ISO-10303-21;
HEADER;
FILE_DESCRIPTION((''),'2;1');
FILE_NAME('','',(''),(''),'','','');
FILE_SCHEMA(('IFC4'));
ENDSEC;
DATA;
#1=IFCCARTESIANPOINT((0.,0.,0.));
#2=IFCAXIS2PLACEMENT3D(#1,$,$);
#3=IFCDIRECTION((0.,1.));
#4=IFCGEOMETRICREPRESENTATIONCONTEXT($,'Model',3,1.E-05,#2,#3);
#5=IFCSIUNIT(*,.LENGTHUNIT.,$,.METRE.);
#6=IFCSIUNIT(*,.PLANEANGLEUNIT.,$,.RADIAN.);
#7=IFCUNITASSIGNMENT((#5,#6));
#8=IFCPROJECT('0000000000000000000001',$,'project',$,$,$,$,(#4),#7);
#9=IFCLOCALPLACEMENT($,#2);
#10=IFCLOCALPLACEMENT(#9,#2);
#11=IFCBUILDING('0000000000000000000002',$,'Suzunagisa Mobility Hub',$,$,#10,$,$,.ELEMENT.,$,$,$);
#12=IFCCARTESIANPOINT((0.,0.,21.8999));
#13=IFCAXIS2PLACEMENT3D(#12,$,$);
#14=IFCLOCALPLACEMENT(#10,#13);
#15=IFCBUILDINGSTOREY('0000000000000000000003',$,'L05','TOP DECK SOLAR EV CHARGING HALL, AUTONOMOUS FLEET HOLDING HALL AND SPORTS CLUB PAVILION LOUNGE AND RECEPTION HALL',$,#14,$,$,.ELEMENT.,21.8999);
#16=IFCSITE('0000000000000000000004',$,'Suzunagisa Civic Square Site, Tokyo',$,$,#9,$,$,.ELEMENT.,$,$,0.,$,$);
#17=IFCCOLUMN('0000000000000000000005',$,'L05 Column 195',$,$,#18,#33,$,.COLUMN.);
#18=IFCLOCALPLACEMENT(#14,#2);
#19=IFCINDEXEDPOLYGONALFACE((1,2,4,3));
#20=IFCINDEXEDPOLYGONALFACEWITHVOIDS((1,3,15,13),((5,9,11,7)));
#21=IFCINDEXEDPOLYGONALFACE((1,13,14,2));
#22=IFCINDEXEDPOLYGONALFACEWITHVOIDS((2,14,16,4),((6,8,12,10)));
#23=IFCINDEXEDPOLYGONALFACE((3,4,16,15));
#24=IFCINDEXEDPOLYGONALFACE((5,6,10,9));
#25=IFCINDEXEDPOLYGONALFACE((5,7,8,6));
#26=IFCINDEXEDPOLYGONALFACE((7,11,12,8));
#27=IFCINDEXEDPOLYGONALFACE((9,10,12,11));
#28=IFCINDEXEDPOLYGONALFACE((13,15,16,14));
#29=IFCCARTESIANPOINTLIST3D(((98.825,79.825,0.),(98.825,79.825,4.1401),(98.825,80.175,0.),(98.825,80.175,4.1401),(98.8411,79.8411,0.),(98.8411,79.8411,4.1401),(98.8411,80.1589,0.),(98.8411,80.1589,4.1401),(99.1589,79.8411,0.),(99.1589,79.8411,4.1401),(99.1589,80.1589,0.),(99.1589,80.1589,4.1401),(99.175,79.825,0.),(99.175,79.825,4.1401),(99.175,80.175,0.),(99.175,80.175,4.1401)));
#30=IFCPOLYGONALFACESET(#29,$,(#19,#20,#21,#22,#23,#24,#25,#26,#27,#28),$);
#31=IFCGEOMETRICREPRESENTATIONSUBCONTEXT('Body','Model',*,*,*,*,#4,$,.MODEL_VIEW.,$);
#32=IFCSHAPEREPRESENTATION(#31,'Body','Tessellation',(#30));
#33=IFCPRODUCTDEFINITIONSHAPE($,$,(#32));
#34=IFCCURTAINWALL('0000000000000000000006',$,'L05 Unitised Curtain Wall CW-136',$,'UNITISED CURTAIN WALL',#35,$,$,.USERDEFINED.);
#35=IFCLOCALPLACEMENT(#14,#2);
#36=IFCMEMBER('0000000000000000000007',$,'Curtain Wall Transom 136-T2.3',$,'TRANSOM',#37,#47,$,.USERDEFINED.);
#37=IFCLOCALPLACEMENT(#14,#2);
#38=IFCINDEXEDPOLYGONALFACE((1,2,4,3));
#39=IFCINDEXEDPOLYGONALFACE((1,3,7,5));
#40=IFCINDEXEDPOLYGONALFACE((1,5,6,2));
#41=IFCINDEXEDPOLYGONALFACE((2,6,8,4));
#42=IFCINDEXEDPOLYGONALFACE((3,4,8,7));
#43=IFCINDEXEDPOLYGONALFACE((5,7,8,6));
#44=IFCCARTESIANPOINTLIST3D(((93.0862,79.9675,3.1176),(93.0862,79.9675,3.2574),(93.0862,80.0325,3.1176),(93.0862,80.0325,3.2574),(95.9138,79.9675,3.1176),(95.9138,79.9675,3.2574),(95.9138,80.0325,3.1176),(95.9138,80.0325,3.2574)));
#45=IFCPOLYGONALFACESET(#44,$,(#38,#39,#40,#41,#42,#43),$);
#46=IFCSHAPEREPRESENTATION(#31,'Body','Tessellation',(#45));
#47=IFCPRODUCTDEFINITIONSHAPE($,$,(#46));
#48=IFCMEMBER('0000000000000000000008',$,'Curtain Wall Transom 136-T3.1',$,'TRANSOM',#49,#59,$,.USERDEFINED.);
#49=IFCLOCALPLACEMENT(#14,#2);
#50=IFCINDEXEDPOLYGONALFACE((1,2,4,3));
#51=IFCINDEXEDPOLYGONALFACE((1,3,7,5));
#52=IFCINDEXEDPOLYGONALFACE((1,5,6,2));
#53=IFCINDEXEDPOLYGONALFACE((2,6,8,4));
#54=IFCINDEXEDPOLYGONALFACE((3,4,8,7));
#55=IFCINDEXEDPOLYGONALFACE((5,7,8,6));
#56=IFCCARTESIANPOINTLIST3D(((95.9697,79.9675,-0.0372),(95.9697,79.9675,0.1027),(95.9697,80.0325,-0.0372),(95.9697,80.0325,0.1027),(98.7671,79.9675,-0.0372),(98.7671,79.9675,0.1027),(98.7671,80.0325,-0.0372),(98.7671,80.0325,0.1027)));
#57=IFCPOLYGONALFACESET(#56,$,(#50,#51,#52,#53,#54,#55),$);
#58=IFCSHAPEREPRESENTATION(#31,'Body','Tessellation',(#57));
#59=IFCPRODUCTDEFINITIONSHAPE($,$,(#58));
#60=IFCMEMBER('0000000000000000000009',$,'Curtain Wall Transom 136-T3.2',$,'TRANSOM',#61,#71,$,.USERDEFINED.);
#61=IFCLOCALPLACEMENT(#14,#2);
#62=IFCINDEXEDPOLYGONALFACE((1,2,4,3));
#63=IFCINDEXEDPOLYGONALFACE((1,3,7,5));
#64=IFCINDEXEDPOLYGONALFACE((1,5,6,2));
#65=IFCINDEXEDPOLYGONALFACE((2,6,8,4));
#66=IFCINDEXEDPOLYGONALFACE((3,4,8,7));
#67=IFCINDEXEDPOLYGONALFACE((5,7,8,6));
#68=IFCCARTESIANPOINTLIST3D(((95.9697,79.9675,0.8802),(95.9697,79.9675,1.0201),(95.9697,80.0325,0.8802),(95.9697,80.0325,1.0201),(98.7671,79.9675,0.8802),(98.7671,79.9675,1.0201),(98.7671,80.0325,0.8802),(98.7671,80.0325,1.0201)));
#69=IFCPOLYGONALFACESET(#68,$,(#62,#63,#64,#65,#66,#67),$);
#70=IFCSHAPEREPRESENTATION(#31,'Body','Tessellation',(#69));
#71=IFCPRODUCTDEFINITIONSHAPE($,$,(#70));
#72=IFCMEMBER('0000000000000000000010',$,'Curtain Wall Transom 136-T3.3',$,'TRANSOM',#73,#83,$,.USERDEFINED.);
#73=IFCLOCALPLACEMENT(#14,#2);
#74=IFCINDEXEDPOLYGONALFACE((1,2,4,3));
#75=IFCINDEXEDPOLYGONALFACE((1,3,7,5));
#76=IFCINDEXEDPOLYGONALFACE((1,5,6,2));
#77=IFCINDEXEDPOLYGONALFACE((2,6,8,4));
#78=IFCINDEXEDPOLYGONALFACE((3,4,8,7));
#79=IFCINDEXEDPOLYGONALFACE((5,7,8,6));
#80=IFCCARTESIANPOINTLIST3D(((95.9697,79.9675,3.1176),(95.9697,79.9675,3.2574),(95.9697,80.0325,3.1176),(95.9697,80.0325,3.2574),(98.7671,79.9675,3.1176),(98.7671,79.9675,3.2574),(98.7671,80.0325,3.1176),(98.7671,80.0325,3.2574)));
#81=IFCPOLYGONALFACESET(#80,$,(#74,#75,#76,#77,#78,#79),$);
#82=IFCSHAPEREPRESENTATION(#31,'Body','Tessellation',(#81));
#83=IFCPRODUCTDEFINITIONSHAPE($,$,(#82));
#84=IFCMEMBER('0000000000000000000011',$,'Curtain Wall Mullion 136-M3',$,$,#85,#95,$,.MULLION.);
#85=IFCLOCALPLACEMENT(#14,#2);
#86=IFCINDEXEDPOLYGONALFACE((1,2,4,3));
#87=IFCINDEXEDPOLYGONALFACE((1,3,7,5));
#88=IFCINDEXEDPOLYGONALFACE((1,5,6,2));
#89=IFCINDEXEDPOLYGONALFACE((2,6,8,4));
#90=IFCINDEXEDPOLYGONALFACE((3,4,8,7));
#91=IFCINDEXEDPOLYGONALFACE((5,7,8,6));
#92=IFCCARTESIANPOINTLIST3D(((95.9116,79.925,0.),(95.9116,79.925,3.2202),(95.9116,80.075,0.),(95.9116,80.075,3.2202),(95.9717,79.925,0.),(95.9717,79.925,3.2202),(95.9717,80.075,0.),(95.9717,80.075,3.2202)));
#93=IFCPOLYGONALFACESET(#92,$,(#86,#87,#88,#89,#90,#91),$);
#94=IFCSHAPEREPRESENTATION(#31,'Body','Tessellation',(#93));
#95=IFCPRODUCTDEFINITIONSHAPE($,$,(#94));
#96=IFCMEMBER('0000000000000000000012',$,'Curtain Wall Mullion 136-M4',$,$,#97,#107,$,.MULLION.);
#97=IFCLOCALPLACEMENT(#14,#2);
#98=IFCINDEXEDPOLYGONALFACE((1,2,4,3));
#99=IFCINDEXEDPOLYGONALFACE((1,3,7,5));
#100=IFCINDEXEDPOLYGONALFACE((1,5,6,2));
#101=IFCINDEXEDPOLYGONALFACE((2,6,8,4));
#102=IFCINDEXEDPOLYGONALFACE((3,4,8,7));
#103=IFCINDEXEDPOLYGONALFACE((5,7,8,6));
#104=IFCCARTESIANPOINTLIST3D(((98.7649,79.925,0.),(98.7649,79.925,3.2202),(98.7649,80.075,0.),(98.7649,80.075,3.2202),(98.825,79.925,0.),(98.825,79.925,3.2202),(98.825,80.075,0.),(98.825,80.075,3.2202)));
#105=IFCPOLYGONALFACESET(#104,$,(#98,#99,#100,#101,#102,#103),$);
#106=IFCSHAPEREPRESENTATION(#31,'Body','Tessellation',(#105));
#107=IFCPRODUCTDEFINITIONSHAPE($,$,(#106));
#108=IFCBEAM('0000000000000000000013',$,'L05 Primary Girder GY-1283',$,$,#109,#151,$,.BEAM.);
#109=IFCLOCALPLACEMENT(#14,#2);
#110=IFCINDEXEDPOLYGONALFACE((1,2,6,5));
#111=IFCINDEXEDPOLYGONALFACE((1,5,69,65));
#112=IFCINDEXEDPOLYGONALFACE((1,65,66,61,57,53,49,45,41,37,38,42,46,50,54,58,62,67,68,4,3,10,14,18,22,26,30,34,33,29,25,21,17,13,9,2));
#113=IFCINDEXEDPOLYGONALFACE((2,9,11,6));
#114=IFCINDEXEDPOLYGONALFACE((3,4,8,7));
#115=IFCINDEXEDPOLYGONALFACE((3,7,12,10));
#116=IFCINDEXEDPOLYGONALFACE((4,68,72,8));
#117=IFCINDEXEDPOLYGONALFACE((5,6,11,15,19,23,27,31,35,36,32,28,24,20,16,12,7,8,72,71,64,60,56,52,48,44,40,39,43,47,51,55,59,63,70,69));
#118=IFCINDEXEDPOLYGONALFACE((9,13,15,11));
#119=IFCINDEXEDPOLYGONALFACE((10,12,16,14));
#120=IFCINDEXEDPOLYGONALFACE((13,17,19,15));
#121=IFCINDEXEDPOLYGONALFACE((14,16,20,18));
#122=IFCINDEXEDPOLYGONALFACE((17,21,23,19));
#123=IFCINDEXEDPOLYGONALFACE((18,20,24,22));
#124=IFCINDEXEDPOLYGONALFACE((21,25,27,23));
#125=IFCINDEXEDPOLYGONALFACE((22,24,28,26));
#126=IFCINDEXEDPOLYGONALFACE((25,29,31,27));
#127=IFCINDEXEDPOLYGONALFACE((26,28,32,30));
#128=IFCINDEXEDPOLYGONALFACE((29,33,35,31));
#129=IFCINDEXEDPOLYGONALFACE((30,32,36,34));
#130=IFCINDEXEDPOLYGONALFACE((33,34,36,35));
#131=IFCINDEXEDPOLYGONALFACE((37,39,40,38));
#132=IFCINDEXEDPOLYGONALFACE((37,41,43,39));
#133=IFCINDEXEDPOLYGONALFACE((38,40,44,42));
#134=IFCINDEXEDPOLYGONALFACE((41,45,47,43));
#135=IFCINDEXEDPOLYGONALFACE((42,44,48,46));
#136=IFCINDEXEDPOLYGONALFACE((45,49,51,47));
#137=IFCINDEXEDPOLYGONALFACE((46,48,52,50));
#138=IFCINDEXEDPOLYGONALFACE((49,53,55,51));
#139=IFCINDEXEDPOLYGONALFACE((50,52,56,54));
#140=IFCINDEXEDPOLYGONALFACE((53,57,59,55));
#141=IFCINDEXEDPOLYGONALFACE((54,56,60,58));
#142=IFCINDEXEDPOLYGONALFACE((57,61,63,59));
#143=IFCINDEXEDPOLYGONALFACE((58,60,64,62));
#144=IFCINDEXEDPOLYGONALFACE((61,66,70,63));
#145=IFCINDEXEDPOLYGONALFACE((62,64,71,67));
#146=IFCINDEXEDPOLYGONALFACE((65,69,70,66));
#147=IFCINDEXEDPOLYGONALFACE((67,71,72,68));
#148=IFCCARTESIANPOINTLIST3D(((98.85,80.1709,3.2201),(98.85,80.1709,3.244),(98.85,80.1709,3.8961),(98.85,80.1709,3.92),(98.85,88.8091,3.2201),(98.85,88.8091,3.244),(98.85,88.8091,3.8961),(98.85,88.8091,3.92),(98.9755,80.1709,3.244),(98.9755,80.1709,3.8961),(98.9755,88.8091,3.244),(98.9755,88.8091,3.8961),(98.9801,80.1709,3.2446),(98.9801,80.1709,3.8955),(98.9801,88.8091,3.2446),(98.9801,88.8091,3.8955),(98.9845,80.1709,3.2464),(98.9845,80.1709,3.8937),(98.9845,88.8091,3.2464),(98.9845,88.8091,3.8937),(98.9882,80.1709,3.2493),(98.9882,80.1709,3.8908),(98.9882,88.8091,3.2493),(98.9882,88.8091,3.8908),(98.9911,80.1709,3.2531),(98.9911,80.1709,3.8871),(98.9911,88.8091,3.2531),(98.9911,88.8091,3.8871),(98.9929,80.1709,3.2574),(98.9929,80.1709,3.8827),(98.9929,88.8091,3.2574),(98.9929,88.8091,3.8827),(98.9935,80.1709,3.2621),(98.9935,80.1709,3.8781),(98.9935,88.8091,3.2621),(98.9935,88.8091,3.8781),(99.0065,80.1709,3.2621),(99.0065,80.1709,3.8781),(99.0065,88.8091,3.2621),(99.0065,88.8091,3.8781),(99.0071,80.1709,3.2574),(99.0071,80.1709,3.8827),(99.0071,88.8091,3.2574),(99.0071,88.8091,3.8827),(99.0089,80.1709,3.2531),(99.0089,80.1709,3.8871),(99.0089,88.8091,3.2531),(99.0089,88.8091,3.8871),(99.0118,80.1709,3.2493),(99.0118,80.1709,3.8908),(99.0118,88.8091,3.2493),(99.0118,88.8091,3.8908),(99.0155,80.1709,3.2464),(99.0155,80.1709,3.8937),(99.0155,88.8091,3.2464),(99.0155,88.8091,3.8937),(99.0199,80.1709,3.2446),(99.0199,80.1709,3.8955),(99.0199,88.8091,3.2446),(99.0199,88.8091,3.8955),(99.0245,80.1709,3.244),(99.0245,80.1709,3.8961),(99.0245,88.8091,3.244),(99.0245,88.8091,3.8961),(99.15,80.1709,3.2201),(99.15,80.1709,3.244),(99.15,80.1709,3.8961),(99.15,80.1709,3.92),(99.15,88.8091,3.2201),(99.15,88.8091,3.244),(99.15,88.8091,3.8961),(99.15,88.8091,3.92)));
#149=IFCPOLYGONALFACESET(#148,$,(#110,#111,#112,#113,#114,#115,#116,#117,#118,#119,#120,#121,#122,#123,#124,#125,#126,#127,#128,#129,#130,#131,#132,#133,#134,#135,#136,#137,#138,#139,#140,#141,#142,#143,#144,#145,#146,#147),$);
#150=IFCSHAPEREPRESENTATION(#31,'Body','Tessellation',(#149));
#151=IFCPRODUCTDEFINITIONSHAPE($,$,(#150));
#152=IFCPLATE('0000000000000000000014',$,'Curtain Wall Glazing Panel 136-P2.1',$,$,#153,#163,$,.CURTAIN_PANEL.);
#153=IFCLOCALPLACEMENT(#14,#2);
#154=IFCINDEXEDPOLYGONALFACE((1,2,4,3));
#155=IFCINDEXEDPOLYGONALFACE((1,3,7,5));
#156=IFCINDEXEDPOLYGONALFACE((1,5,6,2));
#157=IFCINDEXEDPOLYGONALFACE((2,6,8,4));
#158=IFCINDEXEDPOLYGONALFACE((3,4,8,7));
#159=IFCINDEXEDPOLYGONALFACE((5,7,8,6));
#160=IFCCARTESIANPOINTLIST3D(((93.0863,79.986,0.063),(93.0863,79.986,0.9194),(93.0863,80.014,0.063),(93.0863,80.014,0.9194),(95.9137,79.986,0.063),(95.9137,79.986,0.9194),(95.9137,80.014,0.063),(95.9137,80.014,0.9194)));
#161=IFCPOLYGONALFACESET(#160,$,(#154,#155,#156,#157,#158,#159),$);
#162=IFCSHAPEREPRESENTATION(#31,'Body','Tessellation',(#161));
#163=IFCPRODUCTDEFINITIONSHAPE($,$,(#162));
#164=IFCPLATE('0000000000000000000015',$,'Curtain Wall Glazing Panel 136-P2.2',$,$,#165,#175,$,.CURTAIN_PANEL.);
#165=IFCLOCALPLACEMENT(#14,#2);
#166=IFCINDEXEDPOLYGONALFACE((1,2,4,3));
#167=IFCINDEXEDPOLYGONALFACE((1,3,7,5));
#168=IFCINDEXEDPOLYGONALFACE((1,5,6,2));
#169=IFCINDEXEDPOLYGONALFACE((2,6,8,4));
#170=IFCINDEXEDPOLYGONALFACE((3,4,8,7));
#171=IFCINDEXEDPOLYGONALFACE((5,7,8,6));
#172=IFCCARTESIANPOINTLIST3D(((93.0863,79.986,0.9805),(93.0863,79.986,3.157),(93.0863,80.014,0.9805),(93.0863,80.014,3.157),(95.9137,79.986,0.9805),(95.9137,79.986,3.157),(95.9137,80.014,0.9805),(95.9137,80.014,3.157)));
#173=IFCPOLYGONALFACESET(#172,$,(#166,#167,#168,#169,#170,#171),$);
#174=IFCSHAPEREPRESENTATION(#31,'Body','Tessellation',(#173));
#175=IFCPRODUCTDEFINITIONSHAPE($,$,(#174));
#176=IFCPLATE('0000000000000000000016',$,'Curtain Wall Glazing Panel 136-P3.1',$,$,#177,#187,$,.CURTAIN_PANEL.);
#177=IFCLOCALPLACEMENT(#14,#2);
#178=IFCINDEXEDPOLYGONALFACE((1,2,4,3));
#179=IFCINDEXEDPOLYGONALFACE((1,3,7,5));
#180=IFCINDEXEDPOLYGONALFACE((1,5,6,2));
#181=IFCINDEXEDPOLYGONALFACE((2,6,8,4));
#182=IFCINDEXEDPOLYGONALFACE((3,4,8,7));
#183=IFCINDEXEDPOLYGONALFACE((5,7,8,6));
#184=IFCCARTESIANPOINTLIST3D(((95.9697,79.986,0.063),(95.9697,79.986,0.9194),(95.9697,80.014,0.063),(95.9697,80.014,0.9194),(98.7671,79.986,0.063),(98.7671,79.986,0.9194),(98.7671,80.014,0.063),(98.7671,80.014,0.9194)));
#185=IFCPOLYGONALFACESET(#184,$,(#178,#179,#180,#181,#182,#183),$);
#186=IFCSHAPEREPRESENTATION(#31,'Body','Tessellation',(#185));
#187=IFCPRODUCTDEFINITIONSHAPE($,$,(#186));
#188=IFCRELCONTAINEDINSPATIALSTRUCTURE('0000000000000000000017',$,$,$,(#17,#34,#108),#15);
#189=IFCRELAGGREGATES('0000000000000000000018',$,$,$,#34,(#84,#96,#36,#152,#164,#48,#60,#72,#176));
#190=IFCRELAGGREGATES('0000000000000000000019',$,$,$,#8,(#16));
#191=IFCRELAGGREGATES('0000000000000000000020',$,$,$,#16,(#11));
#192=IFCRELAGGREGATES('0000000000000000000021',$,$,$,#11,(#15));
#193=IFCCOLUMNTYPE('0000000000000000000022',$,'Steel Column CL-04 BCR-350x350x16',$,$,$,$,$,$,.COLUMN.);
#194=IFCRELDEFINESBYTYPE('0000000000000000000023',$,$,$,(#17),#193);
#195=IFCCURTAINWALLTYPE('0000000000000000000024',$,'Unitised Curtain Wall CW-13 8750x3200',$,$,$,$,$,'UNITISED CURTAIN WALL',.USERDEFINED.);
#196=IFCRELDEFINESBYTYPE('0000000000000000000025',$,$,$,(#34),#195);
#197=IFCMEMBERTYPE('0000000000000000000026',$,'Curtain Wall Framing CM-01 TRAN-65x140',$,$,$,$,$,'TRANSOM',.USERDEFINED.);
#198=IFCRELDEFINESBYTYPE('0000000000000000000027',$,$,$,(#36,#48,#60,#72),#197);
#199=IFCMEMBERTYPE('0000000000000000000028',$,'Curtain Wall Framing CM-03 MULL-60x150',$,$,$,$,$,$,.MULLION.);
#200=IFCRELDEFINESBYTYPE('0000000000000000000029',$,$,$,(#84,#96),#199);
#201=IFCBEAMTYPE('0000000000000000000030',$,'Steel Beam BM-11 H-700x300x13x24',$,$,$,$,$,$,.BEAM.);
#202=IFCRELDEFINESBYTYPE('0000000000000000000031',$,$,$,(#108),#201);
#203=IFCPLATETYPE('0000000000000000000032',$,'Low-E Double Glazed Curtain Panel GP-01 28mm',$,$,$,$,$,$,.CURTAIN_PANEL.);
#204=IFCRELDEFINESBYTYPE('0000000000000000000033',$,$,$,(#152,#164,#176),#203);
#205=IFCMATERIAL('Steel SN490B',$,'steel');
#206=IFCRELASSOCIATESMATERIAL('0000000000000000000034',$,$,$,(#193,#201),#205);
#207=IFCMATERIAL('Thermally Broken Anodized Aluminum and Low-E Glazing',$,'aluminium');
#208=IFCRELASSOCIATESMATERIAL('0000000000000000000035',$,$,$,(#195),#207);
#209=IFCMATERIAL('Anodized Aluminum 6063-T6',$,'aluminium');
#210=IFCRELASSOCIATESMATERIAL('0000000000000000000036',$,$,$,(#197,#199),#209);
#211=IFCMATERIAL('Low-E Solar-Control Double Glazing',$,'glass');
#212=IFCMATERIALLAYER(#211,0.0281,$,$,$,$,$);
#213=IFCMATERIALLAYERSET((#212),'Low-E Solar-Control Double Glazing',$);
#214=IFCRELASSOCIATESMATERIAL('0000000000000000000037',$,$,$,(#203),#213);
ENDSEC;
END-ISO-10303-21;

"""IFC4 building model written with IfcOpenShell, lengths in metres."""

from ifc_helpers import new_model, si_unit, direction, frame, origin, origin_2d, place, context, subcontext, project, spatial, rectangle, hollow_rectangle, i_section, extrude, material, layer, layer_set, material_profile, profile_set, type_object, element, aggregate, save


model = new_model("IFC4")

# Units and contexts
model_context = context("Model", 3, precision=1e-05, world=origin(), true_north=direction((0.0, 1.0)))
body_context = subcontext(model_context, "Body", "Model", "MODEL_VIEW")
ifc_project = project(units=[si_unit("LENGTHUNIT", "METRE"), si_unit("PLANEANGLEUNIT", "RADIAN")], contexts=[model_context])

# Site, building, storey
site_placement = place(None, origin())
site = spatial("IfcSite", under=ifc_project, at=site_placement, Name="Suzunagisa Civic Square Site, Tokyo", CompositionType="ELEMENT", RefElevation=0.0)
building_placement = place(site_placement, origin())
building = spatial("IfcBuilding", under=site, at=building_placement, Name="Suzunagisa Mobility Hub", CompositionType="ELEMENT")
storey_placement = place(building_placement, frame((0.0, 0.0, 21.8999)))
storey = spatial("IfcBuildingStorey", under=building, at=storey_placement, Name="L05", Description="TOP DECK SOLAR EV CHARGING HALL, AUTONOMOUS FLEET HOLDING HALL AND SPORTS CLUB PAVILION LOUNGE AND RECEPTION HALL", CompositionType="ELEMENT", Elevation=21.8999)

# Column
ifc_material_1 = material(Name="Steel SN490B", Category="steel")
ifc_material_profile_1 = material_profile(ifc_material_1, hollow_rectangle(XDim=0.3501, YDim=0.3501, WallThickness=0.0161, at=origin_2d()), Name="BCR-350x350x16")
ifc_profile_set_1 = profile_set([ifc_material_profile_1], Name="Steel SN490B")
column_type = type_object("IfcColumnType", Name="Steel Column CL-04 BCR-350x350x16", PredefinedType="COLUMN", material=ifc_profile_set_1)
column_placement = place(storey_placement, frame((99.0, 80.0, 0.0), z_axis=(0.0, 0.0, 1.0), x_axis=(1.0, 0.0, 0.0)))
element("IfcColumn", 1, at=column_placement, inside=storey, type_object=column_type, Name="L05 Column 195", PredefinedType="COLUMN", context=body_context, shape_type="SweptSolid", body=[
    extrude(hollow_rectangle(XDim=0.3501, YDim=0.3501, WallThickness=0.0161, at=origin_2d()), origin(), (0.0, 0.0, 1.0), 4.1401),
])

# Curtain wall, members
ifc_material_2 = material(Name="Thermally Broken Anodized Aluminum and Low-E Glazing", Category="aluminium")
curtain_wall_type = type_object("IfcCurtainWallType", Name="Unitised Curtain Wall CW-13 8750x3200", ElementType="UNITISED CURTAIN WALL", PredefinedType="USERDEFINED", material=ifc_material_2)
curtain_wall_placement = place(storey_placement, origin())
curtain_wall = element("IfcCurtainWall", 2, at=curtain_wall_placement, inside=storey, type_object=curtain_wall_type, Name="L05 Unitised Curtain Wall CW-136", ObjectType="UNITISED CURTAIN WALL", PredefinedType="USERDEFINED")
ifc_material_3 = material(Name="Anodized Aluminum 6063-T6", Category="aluminium")
ifc_material_profile_2 = material_profile(ifc_material_3, rectangle(XDim=0.0649, YDim=0.1399, at=origin_2d()), Name="TRAN-65x140")
ifc_profile_set_2 = profile_set([ifc_material_profile_2], Name="Anodized Aluminum 6063-T6")
member_type_1 = type_object("IfcMemberType", Name="Curtain Wall Framing CM-01 TRAN-65x140", ElementType="TRANSOM", PredefinedType="USERDEFINED", material=ifc_profile_set_2)
member_1_placement = place(storey_placement, frame((93.0862, 80.0, 3.1875), z_axis=(1.0, 0.0, 0.0), x_axis=(0.0, 1.0, 0.0)))
member_1 = element("IfcMember", 3, at=member_1_placement, type_object=member_type_1, Name="Curtain Wall Transom 136-T2.3", ObjectType="TRANSOM", PredefinedType="USERDEFINED", context=body_context, shape_type="SweptSolid", body=[
    extrude(rectangle(XDim=0.0649, YDim=0.1399, at=origin_2d()), origin(), (0.0, 0.0, 1.0), 2.8276),
])
member_2_placement = place(storey_placement, frame((95.9697, 80.0, 0.0327), z_axis=(1.0, 0.0, 0.0), x_axis=(0.0, 1.0, 0.0)))
member_2 = element("IfcMember", 4, at=member_2_placement, type_object=member_type_1, Name="Curtain Wall Transom 136-T3.1", ObjectType="TRANSOM", PredefinedType="USERDEFINED", context=body_context, shape_type="SweptSolid", body=[
    extrude(rectangle(XDim=0.0649, YDim=0.1399, at=origin_2d()), origin(), (0.0, 0.0, 1.0), 2.7974),
])
member_3_placement = place(storey_placement, frame((95.9697, 80.0, 0.9502), z_axis=(1.0, 0.0, 0.0), x_axis=(0.0, 1.0, 0.0)))
member_3 = element("IfcMember", 5, at=member_3_placement, type_object=member_type_1, Name="Curtain Wall Transom 136-T3.2", ObjectType="TRANSOM", PredefinedType="USERDEFINED", context=body_context, shape_type="SweptSolid", body=[
    extrude(rectangle(XDim=0.0649, YDim=0.1399, at=origin_2d()), origin(), (0.0, 0.0, 1.0), 2.7974),
])
member_4_placement = place(storey_placement, frame((95.9697, 80.0, 3.1875), z_axis=(1.0, 0.0, 0.0), x_axis=(0.0, 1.0, 0.0)))
member_4 = element("IfcMember", 6, at=member_4_placement, type_object=member_type_1, Name="Curtain Wall Transom 136-T3.3", ObjectType="TRANSOM", PredefinedType="USERDEFINED", context=body_context, shape_type="SweptSolid", body=[
    extrude(rectangle(XDim=0.0649, YDim=0.1399, at=origin_2d()), origin(), (0.0, 0.0, 1.0), 2.7974),
])
ifc_material_profile_3 = material_profile(ifc_material_3, rectangle(XDim=0.0601, YDim=0.1499, at=origin_2d()), Name="MULL-60x150")
ifc_profile_set_3 = profile_set([ifc_material_profile_3], Name="Anodized Aluminum 6063-T6")
member_type_2 = type_object("IfcMemberType", Name="Curtain Wall Framing CM-03 MULL-60x150", PredefinedType="MULLION", material=ifc_profile_set_3)
member_5_placement = place(storey_placement, frame((95.9417, 80.0, 0.0), z_axis=(0.0, 0.0, 1.0), x_axis=(1.0, 0.0, 0.0)))
member_5 = element("IfcMember", 7, at=member_5_placement, type_object=member_type_2, Name="Curtain Wall Mullion 136-M3", PredefinedType="MULLION", context=body_context, shape_type="SweptSolid", body=[
    extrude(rectangle(XDim=0.0601, YDim=0.1499, at=origin_2d()), origin(), (0.0, 0.0, 1.0), 3.2202),
])
member_6_placement = place(storey_placement, frame((98.7949, 80.0, 0.0), z_axis=(0.0, 0.0, 1.0), x_axis=(1.0, 0.0, 0.0)))
member_6 = element("IfcMember", 8, at=member_6_placement, type_object=member_type_2, Name="Curtain Wall Mullion 136-M4", PredefinedType="MULLION", context=body_context, shape_type="SweptSolid", body=[
    extrude(rectangle(XDim=0.0601, YDim=0.1499, at=origin_2d()), origin(), (0.0, 0.0, 1.0), 3.2202),
])

# Beam
ifc_material_profile_4 = material_profile(ifc_material_1, i_section(OverallWidth=0.3, OverallDepth=0.7, WebThickness=0.0129, FlangeThickness=0.0239, FilletRadius=0.0181, at=origin_2d()), Name="H-700x300x13x24")
ifc_profile_set_4 = profile_set([ifc_material_profile_4], Name="Steel SN490B")
beam_type = type_object("IfcBeamType", Name="Steel Beam BM-11 H-700x300x13x24", PredefinedType="BEAM", material=ifc_profile_set_4)
beam_placement = place(storey_placement, frame((99.0, 80.1709, 3.5701), z_axis=(0.0, 1.0, 0.0), x_axis=(-1.0, 0.0, 0.0)))
element("IfcBeam", 9, at=beam_placement, inside=storey, type_object=beam_type, Name="L05 Primary Girder GY-1283", PredefinedType="BEAM", context=body_context, shape_type="SweptSolid", body=[
    extrude(i_section(OverallWidth=0.3, OverallDepth=0.7, WebThickness=0.0129, FlangeThickness=0.0239, FilletRadius=0.0181, at=origin_2d()), origin(), (0.0, 0.0, 1.0), 8.6382),
])

# Plates
ifc_material_4 = material(Name="Low-E Solar-Control Double Glazing", Category="glass")
ifc_layer_1 = layer(ifc_material_4, 0.0281)
ifc_layer_set_1 = layer_set([ifc_layer_1], Name="Low-E Solar-Control Double Glazing")
plate_type_1 = type_object("IfcPlateType", Name="Low-E Double Glazed Curtain Panel GP-01 28mm", PredefinedType="CURTAIN_PANEL", material=ifc_layer_set_1)
plate_1_placement = place(storey_placement, frame((94.5, 80.0, 0.063), z_axis=(0.0, 0.0, 1.0), x_axis=(1.0, 0.0, 0.0)))
plate_1 = element("IfcPlate", 10, at=plate_1_placement, type_object=plate_type_1, Name="Curtain Wall Glazing Panel 136-P2.1", PredefinedType="CURTAIN_PANEL", context=body_context, shape_type="SweptSolid", body=[
    extrude(rectangle(XDim=2.8274, YDim=0.0281, at=origin_2d()), origin(), (0.0, 0.0, 1.0), 0.8564),
])
plate_2_placement = place(storey_placement, frame((94.5, 80.0, 0.9805), z_axis=(0.0, 0.0, 1.0), x_axis=(1.0, 0.0, 0.0)))
plate_2 = element("IfcPlate", 11, at=plate_2_placement, type_object=plate_type_1, Name="Curtain Wall Glazing Panel 136-P2.2", PredefinedType="CURTAIN_PANEL", context=body_context, shape_type="SweptSolid", body=[
    extrude(rectangle(XDim=2.8274, YDim=0.0281, at=origin_2d()), origin(), (0.0, 0.0, 1.0), 2.1765),
])
plate_3_placement = place(storey_placement, frame((97.3684, 80.0, 0.063), z_axis=(0.0, 0.0, 1.0), x_axis=(1.0, 0.0, 0.0)))
plate_3 = element("IfcPlate", 12, at=plate_3_placement, type_object=plate_type_1, Name="Curtain Wall Glazing Panel 136-P3.1", PredefinedType="CURTAIN_PANEL", context=body_context, shape_type="SweptSolid", body=[
    extrude(rectangle(XDim=2.7974, YDim=0.0281, at=origin_2d()), origin(), (0.0, 0.0, 1.0), 0.8564),
])
aggregate(curtain_wall, [member_5, member_6, member_1, plate_1, plate_2, member_2, member_3, member_4, plate_3])

save(model, "model.ifc")
